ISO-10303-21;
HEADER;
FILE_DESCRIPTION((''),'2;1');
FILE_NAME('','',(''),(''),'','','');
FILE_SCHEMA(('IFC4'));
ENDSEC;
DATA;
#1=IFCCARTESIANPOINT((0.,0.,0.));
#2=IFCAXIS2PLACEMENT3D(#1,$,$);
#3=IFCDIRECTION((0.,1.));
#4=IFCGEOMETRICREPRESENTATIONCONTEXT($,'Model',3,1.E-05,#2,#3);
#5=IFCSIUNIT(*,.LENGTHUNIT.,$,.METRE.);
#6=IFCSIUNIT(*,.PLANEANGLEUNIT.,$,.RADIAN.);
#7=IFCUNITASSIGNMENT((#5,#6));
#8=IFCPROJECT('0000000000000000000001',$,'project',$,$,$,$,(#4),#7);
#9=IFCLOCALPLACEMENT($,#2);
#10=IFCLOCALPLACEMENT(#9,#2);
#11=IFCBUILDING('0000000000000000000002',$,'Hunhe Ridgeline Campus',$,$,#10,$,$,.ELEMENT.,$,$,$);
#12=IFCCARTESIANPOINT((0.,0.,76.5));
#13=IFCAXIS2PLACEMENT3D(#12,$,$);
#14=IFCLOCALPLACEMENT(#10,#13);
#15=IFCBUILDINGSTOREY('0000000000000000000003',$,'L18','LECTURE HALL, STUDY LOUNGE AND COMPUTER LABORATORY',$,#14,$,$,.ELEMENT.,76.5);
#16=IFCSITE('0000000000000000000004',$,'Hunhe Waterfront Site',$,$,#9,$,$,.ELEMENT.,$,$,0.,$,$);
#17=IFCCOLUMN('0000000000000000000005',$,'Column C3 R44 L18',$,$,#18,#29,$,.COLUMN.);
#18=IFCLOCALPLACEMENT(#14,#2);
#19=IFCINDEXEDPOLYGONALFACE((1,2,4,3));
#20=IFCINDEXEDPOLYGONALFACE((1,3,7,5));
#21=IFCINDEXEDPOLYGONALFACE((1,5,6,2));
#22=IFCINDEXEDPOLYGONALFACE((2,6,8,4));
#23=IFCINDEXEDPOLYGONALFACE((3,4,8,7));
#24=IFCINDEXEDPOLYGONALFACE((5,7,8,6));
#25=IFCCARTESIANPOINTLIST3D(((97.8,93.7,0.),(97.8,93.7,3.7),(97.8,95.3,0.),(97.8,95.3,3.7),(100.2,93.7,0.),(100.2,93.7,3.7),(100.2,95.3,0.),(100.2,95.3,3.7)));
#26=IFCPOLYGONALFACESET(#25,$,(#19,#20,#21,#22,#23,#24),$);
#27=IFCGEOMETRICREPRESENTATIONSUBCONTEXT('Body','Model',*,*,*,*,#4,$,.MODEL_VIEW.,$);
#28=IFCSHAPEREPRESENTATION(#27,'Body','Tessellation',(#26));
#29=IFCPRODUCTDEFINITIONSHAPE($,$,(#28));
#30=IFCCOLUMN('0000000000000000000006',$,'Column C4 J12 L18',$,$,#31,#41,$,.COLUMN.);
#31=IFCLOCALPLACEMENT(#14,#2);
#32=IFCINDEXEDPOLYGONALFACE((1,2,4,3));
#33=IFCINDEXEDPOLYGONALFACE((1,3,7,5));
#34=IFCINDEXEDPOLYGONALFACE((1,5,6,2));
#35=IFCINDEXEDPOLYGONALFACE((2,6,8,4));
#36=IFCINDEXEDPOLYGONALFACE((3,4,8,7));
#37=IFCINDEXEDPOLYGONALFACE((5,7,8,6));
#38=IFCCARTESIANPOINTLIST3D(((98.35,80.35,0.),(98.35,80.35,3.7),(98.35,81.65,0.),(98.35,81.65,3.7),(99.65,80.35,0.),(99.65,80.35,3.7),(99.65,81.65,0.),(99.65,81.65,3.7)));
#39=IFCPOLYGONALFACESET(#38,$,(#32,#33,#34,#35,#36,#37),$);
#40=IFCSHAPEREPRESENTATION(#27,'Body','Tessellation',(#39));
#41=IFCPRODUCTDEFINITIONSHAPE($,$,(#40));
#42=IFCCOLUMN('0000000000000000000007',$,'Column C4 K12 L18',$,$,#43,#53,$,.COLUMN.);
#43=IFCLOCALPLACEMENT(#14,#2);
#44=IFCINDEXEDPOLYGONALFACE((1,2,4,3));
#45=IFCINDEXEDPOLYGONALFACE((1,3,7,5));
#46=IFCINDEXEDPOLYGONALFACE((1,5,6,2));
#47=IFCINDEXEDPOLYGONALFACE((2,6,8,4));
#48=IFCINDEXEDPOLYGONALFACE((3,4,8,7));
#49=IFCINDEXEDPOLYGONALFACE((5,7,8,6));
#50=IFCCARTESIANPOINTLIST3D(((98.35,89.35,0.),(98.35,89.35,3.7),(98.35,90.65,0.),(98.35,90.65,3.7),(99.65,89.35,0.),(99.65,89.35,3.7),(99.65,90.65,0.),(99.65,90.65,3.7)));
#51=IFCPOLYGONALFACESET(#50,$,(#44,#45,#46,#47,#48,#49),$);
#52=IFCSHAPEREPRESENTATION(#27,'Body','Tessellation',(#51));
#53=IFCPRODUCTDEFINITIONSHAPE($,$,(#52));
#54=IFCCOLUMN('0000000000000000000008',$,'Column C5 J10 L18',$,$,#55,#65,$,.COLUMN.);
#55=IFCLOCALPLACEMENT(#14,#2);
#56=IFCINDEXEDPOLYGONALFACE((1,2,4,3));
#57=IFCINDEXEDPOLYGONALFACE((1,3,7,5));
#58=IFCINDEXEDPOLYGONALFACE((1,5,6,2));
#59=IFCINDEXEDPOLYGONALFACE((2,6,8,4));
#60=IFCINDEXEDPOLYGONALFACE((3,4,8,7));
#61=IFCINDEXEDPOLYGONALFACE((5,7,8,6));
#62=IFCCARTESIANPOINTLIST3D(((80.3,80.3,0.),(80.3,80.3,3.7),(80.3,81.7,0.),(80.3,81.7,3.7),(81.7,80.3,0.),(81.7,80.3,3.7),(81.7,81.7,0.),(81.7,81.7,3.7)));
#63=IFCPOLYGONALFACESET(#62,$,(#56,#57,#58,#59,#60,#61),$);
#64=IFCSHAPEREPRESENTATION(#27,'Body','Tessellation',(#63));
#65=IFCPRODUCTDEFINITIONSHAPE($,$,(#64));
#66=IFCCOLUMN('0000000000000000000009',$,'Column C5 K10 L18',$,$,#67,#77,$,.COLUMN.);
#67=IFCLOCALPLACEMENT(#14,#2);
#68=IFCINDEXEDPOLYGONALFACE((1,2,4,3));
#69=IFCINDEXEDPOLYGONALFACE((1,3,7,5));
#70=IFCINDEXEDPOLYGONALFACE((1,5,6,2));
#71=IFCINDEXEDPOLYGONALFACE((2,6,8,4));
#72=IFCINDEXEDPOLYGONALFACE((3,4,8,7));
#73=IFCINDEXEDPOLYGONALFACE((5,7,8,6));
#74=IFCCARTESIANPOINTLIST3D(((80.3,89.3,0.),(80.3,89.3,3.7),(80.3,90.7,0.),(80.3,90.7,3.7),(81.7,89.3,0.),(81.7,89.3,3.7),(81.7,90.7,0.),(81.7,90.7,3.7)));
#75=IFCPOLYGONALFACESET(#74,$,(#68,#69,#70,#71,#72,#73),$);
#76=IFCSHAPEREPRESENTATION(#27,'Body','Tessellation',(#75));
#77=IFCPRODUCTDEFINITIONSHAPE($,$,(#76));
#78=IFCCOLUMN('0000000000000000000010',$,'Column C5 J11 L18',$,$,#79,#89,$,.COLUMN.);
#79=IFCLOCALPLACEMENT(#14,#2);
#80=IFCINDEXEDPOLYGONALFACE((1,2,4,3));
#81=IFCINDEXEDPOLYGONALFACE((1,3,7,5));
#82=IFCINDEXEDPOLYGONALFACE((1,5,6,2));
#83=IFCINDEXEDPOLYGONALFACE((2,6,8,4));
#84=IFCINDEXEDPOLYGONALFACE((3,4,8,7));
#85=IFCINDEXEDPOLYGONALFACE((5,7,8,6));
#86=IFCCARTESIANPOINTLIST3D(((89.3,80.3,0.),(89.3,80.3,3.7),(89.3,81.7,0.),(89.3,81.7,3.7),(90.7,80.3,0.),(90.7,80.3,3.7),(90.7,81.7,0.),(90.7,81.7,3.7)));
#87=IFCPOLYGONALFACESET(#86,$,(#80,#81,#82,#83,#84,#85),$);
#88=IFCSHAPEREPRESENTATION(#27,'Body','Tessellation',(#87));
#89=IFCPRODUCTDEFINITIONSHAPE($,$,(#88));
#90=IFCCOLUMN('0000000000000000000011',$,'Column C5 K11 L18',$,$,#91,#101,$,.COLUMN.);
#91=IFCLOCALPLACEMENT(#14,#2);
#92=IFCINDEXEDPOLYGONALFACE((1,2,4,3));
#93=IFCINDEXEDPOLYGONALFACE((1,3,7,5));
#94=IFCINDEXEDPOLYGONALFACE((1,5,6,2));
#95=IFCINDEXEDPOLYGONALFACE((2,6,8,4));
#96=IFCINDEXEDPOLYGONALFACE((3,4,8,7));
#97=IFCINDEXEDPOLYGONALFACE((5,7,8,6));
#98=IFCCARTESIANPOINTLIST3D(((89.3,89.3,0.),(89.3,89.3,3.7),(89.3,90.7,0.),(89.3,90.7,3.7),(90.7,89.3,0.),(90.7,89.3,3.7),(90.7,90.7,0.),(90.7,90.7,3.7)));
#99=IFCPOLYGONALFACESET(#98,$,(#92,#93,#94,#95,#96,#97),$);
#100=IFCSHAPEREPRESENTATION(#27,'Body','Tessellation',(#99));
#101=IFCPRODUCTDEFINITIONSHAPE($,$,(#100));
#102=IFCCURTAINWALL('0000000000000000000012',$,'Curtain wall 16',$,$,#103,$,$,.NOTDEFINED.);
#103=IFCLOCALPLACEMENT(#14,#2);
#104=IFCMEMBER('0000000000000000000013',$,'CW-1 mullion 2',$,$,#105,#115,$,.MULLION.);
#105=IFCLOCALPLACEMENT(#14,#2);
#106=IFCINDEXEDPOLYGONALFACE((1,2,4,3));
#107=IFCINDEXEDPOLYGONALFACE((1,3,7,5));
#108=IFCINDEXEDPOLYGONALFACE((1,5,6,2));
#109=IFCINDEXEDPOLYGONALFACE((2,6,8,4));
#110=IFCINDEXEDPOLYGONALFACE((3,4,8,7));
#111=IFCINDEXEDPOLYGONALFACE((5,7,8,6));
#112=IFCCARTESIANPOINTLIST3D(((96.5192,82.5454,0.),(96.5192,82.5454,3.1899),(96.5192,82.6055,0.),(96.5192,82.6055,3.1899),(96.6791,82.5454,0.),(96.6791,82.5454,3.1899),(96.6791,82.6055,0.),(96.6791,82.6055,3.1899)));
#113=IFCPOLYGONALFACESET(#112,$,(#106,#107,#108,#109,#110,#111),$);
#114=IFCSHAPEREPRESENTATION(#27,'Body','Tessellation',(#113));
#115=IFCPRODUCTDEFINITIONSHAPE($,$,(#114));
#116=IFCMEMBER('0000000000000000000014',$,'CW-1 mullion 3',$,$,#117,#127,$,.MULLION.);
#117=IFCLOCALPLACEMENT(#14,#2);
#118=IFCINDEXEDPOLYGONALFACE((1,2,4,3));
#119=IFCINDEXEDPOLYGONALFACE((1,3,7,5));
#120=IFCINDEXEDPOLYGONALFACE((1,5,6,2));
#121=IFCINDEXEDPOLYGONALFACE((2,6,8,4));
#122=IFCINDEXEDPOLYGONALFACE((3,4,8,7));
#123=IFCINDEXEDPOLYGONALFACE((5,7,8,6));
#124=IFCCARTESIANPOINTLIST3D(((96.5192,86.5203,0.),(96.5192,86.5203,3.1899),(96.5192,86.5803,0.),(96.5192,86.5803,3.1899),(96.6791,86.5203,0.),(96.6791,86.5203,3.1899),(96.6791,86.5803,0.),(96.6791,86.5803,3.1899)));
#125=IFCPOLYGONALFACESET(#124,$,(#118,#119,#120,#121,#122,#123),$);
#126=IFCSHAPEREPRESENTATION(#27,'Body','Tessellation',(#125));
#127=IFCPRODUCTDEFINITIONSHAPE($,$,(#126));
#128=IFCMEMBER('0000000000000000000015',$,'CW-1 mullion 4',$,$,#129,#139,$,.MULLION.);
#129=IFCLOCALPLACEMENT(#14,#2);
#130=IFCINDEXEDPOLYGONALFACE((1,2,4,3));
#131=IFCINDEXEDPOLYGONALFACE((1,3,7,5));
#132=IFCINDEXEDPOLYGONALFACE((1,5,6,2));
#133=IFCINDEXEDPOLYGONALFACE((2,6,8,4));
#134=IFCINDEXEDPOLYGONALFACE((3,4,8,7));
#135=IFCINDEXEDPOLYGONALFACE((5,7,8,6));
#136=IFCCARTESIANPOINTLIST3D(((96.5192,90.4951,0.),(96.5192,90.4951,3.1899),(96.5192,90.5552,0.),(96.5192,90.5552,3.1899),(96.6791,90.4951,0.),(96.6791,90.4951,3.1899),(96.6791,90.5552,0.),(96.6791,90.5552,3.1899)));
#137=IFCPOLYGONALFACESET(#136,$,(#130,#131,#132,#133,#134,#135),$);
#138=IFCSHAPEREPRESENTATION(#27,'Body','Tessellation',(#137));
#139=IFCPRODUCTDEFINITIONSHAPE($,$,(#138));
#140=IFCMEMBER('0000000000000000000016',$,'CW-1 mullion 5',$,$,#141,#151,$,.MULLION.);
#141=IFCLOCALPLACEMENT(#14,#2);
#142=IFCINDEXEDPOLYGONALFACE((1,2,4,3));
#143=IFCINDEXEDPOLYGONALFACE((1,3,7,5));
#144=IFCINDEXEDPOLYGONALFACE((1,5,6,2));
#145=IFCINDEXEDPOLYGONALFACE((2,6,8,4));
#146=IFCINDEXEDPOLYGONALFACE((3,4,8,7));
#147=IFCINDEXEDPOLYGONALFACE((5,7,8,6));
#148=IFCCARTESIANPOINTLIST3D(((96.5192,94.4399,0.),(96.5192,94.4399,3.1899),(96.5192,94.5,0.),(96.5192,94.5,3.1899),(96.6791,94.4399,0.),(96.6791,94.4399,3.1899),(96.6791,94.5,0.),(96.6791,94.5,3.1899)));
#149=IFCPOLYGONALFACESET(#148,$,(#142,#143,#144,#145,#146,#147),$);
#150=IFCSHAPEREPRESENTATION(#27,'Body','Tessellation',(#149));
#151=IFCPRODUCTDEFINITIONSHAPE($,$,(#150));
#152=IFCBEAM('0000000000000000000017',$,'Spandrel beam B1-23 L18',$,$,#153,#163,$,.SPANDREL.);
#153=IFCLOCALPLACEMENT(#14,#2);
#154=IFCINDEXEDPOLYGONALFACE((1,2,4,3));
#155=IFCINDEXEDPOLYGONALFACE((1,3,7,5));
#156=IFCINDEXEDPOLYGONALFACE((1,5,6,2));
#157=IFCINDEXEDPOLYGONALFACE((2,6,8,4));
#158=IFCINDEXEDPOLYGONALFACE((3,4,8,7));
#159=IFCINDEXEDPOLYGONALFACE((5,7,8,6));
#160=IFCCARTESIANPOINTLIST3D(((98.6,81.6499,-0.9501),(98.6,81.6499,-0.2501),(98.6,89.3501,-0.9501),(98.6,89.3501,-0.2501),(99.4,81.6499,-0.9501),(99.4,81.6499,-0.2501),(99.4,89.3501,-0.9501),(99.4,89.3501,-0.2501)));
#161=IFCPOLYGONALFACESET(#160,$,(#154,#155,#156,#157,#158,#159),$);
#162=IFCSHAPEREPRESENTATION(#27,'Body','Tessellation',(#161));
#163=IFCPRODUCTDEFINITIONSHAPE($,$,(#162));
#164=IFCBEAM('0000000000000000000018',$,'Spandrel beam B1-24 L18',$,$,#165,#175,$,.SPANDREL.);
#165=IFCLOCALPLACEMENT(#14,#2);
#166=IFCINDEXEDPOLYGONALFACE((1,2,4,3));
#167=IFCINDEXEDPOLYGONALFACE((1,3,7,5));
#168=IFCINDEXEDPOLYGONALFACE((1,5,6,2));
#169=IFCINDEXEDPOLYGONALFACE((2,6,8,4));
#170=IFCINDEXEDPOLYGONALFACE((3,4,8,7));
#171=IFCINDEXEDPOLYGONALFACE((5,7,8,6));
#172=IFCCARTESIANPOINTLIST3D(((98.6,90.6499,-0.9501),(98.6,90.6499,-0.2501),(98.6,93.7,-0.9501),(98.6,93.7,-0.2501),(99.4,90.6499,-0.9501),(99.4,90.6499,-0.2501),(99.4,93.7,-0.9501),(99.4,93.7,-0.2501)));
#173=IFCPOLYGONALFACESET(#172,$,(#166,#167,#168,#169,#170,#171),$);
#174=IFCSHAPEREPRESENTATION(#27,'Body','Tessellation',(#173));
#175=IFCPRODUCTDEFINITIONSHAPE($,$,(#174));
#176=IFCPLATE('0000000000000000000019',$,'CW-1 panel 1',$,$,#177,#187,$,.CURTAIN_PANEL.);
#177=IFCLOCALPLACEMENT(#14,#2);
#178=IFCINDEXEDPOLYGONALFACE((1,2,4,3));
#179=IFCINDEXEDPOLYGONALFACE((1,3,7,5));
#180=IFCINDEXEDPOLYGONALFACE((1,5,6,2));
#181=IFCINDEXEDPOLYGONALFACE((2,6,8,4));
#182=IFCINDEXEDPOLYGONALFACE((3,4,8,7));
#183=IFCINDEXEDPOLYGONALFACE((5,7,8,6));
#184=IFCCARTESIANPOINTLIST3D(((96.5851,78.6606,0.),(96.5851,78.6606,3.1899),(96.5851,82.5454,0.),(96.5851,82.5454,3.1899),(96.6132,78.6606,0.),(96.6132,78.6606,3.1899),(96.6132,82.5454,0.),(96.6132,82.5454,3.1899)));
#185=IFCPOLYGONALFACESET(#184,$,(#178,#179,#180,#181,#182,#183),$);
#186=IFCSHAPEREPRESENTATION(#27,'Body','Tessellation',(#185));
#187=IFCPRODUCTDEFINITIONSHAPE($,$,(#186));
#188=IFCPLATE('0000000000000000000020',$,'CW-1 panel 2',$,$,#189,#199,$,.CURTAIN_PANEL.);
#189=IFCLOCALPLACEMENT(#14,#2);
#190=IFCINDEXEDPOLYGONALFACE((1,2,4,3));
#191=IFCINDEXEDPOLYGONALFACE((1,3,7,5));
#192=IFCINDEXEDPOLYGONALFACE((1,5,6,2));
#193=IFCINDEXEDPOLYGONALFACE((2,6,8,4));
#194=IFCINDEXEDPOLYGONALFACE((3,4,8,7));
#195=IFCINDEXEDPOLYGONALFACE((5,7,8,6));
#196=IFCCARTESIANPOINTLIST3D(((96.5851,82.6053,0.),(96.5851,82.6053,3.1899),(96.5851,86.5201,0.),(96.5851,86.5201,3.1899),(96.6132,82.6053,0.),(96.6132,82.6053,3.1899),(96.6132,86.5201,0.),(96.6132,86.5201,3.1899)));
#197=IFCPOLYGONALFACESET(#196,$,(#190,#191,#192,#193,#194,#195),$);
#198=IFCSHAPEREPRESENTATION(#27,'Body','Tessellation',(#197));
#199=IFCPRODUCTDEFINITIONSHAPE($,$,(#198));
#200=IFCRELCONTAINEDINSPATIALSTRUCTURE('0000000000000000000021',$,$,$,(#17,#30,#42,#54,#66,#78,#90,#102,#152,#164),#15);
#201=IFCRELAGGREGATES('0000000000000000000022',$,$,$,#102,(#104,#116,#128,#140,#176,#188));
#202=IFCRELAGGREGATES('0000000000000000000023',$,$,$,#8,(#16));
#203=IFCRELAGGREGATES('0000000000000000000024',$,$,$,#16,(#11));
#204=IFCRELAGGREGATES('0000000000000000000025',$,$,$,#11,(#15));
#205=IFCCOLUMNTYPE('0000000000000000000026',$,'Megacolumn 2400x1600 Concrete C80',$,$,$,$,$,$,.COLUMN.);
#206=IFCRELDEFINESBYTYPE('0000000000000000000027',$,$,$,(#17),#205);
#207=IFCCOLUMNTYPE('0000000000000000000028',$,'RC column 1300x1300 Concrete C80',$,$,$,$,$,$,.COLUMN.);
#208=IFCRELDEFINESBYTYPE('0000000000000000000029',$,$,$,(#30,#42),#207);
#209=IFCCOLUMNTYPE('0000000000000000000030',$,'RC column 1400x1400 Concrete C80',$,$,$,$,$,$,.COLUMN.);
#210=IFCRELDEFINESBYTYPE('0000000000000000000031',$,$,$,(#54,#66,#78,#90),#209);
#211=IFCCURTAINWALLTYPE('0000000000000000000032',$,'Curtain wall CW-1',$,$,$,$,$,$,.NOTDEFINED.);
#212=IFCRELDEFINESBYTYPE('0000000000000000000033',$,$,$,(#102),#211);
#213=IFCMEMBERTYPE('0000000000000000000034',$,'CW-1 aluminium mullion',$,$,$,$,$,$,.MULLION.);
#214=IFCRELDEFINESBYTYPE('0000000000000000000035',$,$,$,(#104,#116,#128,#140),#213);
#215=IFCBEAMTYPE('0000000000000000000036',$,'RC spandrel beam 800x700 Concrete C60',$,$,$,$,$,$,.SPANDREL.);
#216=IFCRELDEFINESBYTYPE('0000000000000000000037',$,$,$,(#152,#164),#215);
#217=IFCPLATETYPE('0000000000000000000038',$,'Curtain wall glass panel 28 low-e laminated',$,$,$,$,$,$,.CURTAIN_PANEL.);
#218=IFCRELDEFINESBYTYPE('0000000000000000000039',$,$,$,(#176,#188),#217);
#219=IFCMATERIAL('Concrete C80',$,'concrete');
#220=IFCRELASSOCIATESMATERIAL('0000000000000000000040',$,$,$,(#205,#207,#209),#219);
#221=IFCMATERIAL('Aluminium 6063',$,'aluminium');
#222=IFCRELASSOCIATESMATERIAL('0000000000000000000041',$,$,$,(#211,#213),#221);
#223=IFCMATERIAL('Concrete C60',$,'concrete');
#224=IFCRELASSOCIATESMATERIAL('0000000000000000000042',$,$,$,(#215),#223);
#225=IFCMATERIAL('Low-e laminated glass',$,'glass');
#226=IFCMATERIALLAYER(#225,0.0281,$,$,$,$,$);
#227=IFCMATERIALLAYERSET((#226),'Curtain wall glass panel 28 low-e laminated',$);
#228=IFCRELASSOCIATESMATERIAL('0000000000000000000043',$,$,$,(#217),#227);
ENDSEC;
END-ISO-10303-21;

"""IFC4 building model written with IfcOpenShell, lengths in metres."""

from ifc_helpers import new_model, si_unit, direction, frame, origin, origin_2d, place, context, subcontext, project, spatial, rectangle, extrude, material, layer, layer_set, material_profile, profile_set, type_object, element, aggregate, save


model = new_model("IFC4")

# Units and contexts
model_context = context("Model", 3, precision=1e-05, world=origin(), true_north=direction((0.0, 1.0)))
body_context = subcontext(model_context, "Body", "Model", "MODEL_VIEW")
ifc_project = project(units=[si_unit("LENGTHUNIT", "METRE"), si_unit("PLANEANGLEUNIT", "RADIAN")], contexts=[model_context])

# Site, building, storey
site_placement = place(None, origin())
site = spatial("IfcSite", under=ifc_project, at=site_placement, Name="Hunhe Waterfront Site", CompositionType="ELEMENT", RefElevation=0.0)
building_placement = place(site_placement, origin())
building = spatial("IfcBuilding", under=site, at=building_placement, Name="Hunhe Ridgeline Campus", CompositionType="ELEMENT")
storey_placement = place(building_placement, frame((0.0, 0.0, 76.5)))
storey = spatial("IfcBuildingStorey", under=building, at=storey_placement, Name="L18", Description="LECTURE HALL, STUDY LOUNGE AND COMPUTER LABORATORY", CompositionType="ELEMENT", Elevation=76.5)

# Columns
ifc_material_1 = material(Name="Concrete C80", Category="concrete")
ifc_material_profile_1 = material_profile(ifc_material_1, rectangle(XDim=2.3999, YDim=1.6001, at=origin_2d()))
ifc_profile_set_1 = profile_set([ifc_material_profile_1], Name="Concrete C80")
column_type_1 = type_object("IfcColumnType", Name="Megacolumn 2400x1600 Concrete C80", PredefinedType="COLUMN", material=ifc_profile_set_1)
column_placement = place(storey_placement, frame((99.0, 94.5, 0.0), z_axis=(0.0, 0.0, 1.0), x_axis=(1.0, 0.0, 0.0)))
element("IfcColumn", 1, at=column_placement, inside=storey, type_object=column_type_1, Name="Column C3 R44 L18", PredefinedType="COLUMN", context=body_context, shape_type="SweptSolid", body=[
    extrude(rectangle(XDim=2.3999, YDim=1.6001, at=origin_2d()), origin(), (0.0, 0.0, 1.0), 3.7),
])
ifc_material_profile_2 = material_profile(ifc_material_1, rectangle(XDim=1.3, YDim=1.3, at=origin_2d()))
ifc_profile_set_2 = profile_set([ifc_material_profile_2], Name="Concrete C80")
column_type_2 = type_object("IfcColumnType", Name="RC column 1300x1300 Concrete C80", PredefinedType="COLUMN", material=ifc_profile_set_2)
for number, where, z_axis, x_axis, name in (
    (2, (99.0, 81.0, 0.0), (0.0, 0.0, 1.0), (1.0, 0.0, 0.0), "Column C4 J12 L18"),
    (3, (99.0, 90.0, 0.0), (0.0, 0.0, 1.0), (1.0, 0.0, 0.0), "Column C4 K12 L18"),
):
    element("IfcColumn", number, at=place(storey_placement, frame(where, z_axis=z_axis, x_axis=x_axis)), inside=storey, type_object=column_type_2, Name=name, PredefinedType="COLUMN", context=body_context, shape_type="SweptSolid", body=[
        extrude(rectangle(XDim=1.3, YDim=1.3, at=origin_2d()), origin(), (0.0, 0.0, 1.0), 3.7),
    ])
ifc_material_profile_3 = material_profile(ifc_material_1, rectangle(XDim=1.3999, YDim=1.3999, at=origin_2d()))
ifc_profile_set_3 = profile_set([ifc_material_profile_3], Name="Concrete C80")
column_type_3 = type_object("IfcColumnType", Name="RC column 1400x1400 Concrete C80", PredefinedType="COLUMN", material=ifc_profile_set_3)
for number, where, z_axis, x_axis, name in (
    (4, (81.0, 81.0, 0.0), (0.0, 0.0, 1.0), (1.0, 0.0, 0.0), "Column C5 J10 L18"),
    (5, (81.0, 90.0, 0.0), (0.0, 0.0, 1.0), (1.0, 0.0, 0.0), "Column C5 K10 L18"),
    (6, (90.0, 81.0, 0.0), (0.0, 0.0, 1.0), (1.0, 0.0, 0.0), "Column C5 J11 L18"),
    (7, (90.0, 90.0, 0.0), (0.0, 0.0, 1.0), (1.0, 0.0, 0.0), "Column C5 K11 L18"),
):
    element("IfcColumn", number, at=place(storey_placement, frame(where, z_axis=z_axis, x_axis=x_axis)), inside=storey, type_object=column_type_3, Name=name, PredefinedType="COLUMN", context=body_context, shape_type="SweptSolid", body=[
        extrude(rectangle(XDim=1.3999, YDim=1.3999, at=origin_2d()), origin(), (0.0, 0.0, 1.0), 3.7),
    ])

# Curtain wall, members
ifc_material_2 = material(Name="Aluminium 6063", Category="aluminium")
curtain_wall_type = type_object("IfcCurtainWallType", Name="Curtain wall CW-1", PredefinedType="NOTDEFINED", material=ifc_material_2)
curtain_wall_placement = place(storey_placement, origin())
curtain_wall = element("IfcCurtainWall", 8, at=curtain_wall_placement, inside=storey, type_object=curtain_wall_type, Name="Curtain wall 16", PredefinedType="NOTDEFINED")
ifc_material_profile_4 = material_profile(ifc_material_2, rectangle(XDim=0.1599, YDim=0.0601, at=origin_2d()))
ifc_profile_set_4 = profile_set([ifc_material_profile_4], Name="Aluminium 6063")
member_type = type_object("IfcMemberType", Name="CW-1 aluminium mullion", PredefinedType="MULLION", material=ifc_profile_set_4)
member_1_placement = place(storey_placement, frame((96.5991, 82.5754, 0.0), z_axis=(0.0, 0.0, 1.0), x_axis=(-1.0, 0.0, 0.0)))
member_1 = element("IfcMember", 9, at=member_1_placement, type_object=member_type, Name="CW-1 mullion 2", PredefinedType="MULLION", context=body_context, shape_type="SweptSolid", body=[
    extrude(rectangle(XDim=0.1599, YDim=0.0601, at=origin_2d()), origin(), (0.0, 0.0, 1.0), 3.1899),
])
member_2_placement = place(storey_placement, frame((96.5991, 86.5503, 0.0), z_axis=(0.0, 0.0, 1.0), x_axis=(-1.0, 0.0, 0.0)))
member_2 = element("IfcMember", 10, at=member_2_placement, type_object=member_type, Name="CW-1 mullion 3", PredefinedType="MULLION", context=body_context, shape_type="SweptSolid", body=[
    extrude(rectangle(XDim=0.1599, YDim=0.0601, at=origin_2d()), origin(), (0.0, 0.0, 1.0), 3.1899),
])
member_3_placement = place(storey_placement, frame((96.5991, 90.5251, 0.0), z_axis=(0.0, 0.0, 1.0), x_axis=(-1.0, 0.0, 0.0)))
member_3 = element("IfcMember", 11, at=member_3_placement, type_object=member_type, Name="CW-1 mullion 4", PredefinedType="MULLION", context=body_context, shape_type="SweptSolid", body=[
    extrude(rectangle(XDim=0.1599, YDim=0.0601, at=origin_2d()), origin(), (0.0, 0.0, 1.0), 3.1899),
])
member_4_placement = place(storey_placement, frame((96.5991, 94.47, 0.0), z_axis=(0.0, 0.0, 1.0), x_axis=(-1.0, 0.0, 0.0)))
member_4 = element("IfcMember", 12, at=member_4_placement, type_object=member_type, Name="CW-1 mullion 5", PredefinedType="MULLION", context=body_context, shape_type="SweptSolid", body=[
    extrude(rectangle(XDim=0.1599, YDim=0.0601, at=origin_2d()), origin(), (0.0, 0.0, 1.0), 3.1899),
])

# Beams
ifc_material_3 = material(Name="Concrete C60", Category="concrete")
ifc_material_profile_5 = material_profile(ifc_material_3, rectangle(XDim=0.8, YDim=0.7, at=origin_2d()))
ifc_profile_set_5 = profile_set([ifc_material_profile_5], Name="Concrete C60")
beam_type = type_object("IfcBeamType", Name="RC spandrel beam 800x700 Concrete C60", PredefinedType="SPANDREL", material=ifc_profile_set_5)
beam_1_placement = place(storey_placement, frame((99.0, 81.6499, -0.6001), z_axis=(0.0, 1.0, 0.0), x_axis=(-1.0, 0.0, 0.0)))
element("IfcBeam", 13, at=beam_1_placement, inside=storey, type_object=beam_type, Name="Spandrel beam B1-23 L18", PredefinedType="SPANDREL", context=body_context, shape_type="SweptSolid", body=[
    extrude(rectangle(XDim=0.8, YDim=0.7, at=origin_2d()), origin(), (0.0, 0.0, 1.0), 7.7002),
])
beam_2_placement = place(storey_placement, frame((99.0, 90.6499, -0.6001), z_axis=(0.0, 1.0, 0.0), x_axis=(-1.0, 0.0, 0.0)))
element("IfcBeam", 14, at=beam_2_placement, inside=storey, type_object=beam_type, Name="Spandrel beam B1-24 L18", PredefinedType="SPANDREL", context=body_context, shape_type="SweptSolid", body=[
    extrude(rectangle(XDim=0.8, YDim=0.7, at=origin_2d()), origin(), (0.0, 0.0, 1.0), 3.05),
])

# Plates
ifc_material_4 = material(Name="Low-e laminated glass", Category="glass")
ifc_layer_1 = layer(ifc_material_4, 0.0281)
ifc_layer_set_1 = layer_set([ifc_layer_1], Name="Curtain wall glass panel 28 low-e laminated")
plate_type = type_object("IfcPlateType", Name="Curtain wall glass panel 28 low-e laminated", PredefinedType="CURTAIN_PANEL", material=ifc_layer_set_1)
plate_1_placement = place(storey_placement, frame((96.5991, 80.603, 0.0), z_axis=(0.0, 0.0, 1.0), x_axis=(0.0, 1.0, 0.0)))
plate_1 = element("IfcPlate", 15, at=plate_1_placement, type_object=plate_type, Name="CW-1 panel 1", PredefinedType="CURTAIN_PANEL", context=body_context, shape_type="SweptSolid", body=[
    extrude(rectangle(XDim=3.8848, YDim=0.0281, at=origin_2d()), origin(), (0.0, 0.0, 1.0), 3.1899),
])
plate_2_placement = place(storey_placement, frame((96.5991, 84.5627, 0.0), z_axis=(0.0, 0.0, 1.0), x_axis=(0.0, 1.0, 0.0)))
plate_2 = element("IfcPlate", 16, at=plate_2_placement, type_object=plate_type, Name="CW-1 panel 2", PredefinedType="CURTAIN_PANEL", context=body_context, shape_type="SweptSolid", body=[
    extrude(rectangle(XDim=3.9148, YDim=0.0281, at=origin_2d()), origin(), (0.0, 0.0, 1.0), 3.1899),
])
aggregate(curtain_wall, [member_1, member_2, member_3, member_4, plate_1, plate_2])

save(model, "model.ifc")
